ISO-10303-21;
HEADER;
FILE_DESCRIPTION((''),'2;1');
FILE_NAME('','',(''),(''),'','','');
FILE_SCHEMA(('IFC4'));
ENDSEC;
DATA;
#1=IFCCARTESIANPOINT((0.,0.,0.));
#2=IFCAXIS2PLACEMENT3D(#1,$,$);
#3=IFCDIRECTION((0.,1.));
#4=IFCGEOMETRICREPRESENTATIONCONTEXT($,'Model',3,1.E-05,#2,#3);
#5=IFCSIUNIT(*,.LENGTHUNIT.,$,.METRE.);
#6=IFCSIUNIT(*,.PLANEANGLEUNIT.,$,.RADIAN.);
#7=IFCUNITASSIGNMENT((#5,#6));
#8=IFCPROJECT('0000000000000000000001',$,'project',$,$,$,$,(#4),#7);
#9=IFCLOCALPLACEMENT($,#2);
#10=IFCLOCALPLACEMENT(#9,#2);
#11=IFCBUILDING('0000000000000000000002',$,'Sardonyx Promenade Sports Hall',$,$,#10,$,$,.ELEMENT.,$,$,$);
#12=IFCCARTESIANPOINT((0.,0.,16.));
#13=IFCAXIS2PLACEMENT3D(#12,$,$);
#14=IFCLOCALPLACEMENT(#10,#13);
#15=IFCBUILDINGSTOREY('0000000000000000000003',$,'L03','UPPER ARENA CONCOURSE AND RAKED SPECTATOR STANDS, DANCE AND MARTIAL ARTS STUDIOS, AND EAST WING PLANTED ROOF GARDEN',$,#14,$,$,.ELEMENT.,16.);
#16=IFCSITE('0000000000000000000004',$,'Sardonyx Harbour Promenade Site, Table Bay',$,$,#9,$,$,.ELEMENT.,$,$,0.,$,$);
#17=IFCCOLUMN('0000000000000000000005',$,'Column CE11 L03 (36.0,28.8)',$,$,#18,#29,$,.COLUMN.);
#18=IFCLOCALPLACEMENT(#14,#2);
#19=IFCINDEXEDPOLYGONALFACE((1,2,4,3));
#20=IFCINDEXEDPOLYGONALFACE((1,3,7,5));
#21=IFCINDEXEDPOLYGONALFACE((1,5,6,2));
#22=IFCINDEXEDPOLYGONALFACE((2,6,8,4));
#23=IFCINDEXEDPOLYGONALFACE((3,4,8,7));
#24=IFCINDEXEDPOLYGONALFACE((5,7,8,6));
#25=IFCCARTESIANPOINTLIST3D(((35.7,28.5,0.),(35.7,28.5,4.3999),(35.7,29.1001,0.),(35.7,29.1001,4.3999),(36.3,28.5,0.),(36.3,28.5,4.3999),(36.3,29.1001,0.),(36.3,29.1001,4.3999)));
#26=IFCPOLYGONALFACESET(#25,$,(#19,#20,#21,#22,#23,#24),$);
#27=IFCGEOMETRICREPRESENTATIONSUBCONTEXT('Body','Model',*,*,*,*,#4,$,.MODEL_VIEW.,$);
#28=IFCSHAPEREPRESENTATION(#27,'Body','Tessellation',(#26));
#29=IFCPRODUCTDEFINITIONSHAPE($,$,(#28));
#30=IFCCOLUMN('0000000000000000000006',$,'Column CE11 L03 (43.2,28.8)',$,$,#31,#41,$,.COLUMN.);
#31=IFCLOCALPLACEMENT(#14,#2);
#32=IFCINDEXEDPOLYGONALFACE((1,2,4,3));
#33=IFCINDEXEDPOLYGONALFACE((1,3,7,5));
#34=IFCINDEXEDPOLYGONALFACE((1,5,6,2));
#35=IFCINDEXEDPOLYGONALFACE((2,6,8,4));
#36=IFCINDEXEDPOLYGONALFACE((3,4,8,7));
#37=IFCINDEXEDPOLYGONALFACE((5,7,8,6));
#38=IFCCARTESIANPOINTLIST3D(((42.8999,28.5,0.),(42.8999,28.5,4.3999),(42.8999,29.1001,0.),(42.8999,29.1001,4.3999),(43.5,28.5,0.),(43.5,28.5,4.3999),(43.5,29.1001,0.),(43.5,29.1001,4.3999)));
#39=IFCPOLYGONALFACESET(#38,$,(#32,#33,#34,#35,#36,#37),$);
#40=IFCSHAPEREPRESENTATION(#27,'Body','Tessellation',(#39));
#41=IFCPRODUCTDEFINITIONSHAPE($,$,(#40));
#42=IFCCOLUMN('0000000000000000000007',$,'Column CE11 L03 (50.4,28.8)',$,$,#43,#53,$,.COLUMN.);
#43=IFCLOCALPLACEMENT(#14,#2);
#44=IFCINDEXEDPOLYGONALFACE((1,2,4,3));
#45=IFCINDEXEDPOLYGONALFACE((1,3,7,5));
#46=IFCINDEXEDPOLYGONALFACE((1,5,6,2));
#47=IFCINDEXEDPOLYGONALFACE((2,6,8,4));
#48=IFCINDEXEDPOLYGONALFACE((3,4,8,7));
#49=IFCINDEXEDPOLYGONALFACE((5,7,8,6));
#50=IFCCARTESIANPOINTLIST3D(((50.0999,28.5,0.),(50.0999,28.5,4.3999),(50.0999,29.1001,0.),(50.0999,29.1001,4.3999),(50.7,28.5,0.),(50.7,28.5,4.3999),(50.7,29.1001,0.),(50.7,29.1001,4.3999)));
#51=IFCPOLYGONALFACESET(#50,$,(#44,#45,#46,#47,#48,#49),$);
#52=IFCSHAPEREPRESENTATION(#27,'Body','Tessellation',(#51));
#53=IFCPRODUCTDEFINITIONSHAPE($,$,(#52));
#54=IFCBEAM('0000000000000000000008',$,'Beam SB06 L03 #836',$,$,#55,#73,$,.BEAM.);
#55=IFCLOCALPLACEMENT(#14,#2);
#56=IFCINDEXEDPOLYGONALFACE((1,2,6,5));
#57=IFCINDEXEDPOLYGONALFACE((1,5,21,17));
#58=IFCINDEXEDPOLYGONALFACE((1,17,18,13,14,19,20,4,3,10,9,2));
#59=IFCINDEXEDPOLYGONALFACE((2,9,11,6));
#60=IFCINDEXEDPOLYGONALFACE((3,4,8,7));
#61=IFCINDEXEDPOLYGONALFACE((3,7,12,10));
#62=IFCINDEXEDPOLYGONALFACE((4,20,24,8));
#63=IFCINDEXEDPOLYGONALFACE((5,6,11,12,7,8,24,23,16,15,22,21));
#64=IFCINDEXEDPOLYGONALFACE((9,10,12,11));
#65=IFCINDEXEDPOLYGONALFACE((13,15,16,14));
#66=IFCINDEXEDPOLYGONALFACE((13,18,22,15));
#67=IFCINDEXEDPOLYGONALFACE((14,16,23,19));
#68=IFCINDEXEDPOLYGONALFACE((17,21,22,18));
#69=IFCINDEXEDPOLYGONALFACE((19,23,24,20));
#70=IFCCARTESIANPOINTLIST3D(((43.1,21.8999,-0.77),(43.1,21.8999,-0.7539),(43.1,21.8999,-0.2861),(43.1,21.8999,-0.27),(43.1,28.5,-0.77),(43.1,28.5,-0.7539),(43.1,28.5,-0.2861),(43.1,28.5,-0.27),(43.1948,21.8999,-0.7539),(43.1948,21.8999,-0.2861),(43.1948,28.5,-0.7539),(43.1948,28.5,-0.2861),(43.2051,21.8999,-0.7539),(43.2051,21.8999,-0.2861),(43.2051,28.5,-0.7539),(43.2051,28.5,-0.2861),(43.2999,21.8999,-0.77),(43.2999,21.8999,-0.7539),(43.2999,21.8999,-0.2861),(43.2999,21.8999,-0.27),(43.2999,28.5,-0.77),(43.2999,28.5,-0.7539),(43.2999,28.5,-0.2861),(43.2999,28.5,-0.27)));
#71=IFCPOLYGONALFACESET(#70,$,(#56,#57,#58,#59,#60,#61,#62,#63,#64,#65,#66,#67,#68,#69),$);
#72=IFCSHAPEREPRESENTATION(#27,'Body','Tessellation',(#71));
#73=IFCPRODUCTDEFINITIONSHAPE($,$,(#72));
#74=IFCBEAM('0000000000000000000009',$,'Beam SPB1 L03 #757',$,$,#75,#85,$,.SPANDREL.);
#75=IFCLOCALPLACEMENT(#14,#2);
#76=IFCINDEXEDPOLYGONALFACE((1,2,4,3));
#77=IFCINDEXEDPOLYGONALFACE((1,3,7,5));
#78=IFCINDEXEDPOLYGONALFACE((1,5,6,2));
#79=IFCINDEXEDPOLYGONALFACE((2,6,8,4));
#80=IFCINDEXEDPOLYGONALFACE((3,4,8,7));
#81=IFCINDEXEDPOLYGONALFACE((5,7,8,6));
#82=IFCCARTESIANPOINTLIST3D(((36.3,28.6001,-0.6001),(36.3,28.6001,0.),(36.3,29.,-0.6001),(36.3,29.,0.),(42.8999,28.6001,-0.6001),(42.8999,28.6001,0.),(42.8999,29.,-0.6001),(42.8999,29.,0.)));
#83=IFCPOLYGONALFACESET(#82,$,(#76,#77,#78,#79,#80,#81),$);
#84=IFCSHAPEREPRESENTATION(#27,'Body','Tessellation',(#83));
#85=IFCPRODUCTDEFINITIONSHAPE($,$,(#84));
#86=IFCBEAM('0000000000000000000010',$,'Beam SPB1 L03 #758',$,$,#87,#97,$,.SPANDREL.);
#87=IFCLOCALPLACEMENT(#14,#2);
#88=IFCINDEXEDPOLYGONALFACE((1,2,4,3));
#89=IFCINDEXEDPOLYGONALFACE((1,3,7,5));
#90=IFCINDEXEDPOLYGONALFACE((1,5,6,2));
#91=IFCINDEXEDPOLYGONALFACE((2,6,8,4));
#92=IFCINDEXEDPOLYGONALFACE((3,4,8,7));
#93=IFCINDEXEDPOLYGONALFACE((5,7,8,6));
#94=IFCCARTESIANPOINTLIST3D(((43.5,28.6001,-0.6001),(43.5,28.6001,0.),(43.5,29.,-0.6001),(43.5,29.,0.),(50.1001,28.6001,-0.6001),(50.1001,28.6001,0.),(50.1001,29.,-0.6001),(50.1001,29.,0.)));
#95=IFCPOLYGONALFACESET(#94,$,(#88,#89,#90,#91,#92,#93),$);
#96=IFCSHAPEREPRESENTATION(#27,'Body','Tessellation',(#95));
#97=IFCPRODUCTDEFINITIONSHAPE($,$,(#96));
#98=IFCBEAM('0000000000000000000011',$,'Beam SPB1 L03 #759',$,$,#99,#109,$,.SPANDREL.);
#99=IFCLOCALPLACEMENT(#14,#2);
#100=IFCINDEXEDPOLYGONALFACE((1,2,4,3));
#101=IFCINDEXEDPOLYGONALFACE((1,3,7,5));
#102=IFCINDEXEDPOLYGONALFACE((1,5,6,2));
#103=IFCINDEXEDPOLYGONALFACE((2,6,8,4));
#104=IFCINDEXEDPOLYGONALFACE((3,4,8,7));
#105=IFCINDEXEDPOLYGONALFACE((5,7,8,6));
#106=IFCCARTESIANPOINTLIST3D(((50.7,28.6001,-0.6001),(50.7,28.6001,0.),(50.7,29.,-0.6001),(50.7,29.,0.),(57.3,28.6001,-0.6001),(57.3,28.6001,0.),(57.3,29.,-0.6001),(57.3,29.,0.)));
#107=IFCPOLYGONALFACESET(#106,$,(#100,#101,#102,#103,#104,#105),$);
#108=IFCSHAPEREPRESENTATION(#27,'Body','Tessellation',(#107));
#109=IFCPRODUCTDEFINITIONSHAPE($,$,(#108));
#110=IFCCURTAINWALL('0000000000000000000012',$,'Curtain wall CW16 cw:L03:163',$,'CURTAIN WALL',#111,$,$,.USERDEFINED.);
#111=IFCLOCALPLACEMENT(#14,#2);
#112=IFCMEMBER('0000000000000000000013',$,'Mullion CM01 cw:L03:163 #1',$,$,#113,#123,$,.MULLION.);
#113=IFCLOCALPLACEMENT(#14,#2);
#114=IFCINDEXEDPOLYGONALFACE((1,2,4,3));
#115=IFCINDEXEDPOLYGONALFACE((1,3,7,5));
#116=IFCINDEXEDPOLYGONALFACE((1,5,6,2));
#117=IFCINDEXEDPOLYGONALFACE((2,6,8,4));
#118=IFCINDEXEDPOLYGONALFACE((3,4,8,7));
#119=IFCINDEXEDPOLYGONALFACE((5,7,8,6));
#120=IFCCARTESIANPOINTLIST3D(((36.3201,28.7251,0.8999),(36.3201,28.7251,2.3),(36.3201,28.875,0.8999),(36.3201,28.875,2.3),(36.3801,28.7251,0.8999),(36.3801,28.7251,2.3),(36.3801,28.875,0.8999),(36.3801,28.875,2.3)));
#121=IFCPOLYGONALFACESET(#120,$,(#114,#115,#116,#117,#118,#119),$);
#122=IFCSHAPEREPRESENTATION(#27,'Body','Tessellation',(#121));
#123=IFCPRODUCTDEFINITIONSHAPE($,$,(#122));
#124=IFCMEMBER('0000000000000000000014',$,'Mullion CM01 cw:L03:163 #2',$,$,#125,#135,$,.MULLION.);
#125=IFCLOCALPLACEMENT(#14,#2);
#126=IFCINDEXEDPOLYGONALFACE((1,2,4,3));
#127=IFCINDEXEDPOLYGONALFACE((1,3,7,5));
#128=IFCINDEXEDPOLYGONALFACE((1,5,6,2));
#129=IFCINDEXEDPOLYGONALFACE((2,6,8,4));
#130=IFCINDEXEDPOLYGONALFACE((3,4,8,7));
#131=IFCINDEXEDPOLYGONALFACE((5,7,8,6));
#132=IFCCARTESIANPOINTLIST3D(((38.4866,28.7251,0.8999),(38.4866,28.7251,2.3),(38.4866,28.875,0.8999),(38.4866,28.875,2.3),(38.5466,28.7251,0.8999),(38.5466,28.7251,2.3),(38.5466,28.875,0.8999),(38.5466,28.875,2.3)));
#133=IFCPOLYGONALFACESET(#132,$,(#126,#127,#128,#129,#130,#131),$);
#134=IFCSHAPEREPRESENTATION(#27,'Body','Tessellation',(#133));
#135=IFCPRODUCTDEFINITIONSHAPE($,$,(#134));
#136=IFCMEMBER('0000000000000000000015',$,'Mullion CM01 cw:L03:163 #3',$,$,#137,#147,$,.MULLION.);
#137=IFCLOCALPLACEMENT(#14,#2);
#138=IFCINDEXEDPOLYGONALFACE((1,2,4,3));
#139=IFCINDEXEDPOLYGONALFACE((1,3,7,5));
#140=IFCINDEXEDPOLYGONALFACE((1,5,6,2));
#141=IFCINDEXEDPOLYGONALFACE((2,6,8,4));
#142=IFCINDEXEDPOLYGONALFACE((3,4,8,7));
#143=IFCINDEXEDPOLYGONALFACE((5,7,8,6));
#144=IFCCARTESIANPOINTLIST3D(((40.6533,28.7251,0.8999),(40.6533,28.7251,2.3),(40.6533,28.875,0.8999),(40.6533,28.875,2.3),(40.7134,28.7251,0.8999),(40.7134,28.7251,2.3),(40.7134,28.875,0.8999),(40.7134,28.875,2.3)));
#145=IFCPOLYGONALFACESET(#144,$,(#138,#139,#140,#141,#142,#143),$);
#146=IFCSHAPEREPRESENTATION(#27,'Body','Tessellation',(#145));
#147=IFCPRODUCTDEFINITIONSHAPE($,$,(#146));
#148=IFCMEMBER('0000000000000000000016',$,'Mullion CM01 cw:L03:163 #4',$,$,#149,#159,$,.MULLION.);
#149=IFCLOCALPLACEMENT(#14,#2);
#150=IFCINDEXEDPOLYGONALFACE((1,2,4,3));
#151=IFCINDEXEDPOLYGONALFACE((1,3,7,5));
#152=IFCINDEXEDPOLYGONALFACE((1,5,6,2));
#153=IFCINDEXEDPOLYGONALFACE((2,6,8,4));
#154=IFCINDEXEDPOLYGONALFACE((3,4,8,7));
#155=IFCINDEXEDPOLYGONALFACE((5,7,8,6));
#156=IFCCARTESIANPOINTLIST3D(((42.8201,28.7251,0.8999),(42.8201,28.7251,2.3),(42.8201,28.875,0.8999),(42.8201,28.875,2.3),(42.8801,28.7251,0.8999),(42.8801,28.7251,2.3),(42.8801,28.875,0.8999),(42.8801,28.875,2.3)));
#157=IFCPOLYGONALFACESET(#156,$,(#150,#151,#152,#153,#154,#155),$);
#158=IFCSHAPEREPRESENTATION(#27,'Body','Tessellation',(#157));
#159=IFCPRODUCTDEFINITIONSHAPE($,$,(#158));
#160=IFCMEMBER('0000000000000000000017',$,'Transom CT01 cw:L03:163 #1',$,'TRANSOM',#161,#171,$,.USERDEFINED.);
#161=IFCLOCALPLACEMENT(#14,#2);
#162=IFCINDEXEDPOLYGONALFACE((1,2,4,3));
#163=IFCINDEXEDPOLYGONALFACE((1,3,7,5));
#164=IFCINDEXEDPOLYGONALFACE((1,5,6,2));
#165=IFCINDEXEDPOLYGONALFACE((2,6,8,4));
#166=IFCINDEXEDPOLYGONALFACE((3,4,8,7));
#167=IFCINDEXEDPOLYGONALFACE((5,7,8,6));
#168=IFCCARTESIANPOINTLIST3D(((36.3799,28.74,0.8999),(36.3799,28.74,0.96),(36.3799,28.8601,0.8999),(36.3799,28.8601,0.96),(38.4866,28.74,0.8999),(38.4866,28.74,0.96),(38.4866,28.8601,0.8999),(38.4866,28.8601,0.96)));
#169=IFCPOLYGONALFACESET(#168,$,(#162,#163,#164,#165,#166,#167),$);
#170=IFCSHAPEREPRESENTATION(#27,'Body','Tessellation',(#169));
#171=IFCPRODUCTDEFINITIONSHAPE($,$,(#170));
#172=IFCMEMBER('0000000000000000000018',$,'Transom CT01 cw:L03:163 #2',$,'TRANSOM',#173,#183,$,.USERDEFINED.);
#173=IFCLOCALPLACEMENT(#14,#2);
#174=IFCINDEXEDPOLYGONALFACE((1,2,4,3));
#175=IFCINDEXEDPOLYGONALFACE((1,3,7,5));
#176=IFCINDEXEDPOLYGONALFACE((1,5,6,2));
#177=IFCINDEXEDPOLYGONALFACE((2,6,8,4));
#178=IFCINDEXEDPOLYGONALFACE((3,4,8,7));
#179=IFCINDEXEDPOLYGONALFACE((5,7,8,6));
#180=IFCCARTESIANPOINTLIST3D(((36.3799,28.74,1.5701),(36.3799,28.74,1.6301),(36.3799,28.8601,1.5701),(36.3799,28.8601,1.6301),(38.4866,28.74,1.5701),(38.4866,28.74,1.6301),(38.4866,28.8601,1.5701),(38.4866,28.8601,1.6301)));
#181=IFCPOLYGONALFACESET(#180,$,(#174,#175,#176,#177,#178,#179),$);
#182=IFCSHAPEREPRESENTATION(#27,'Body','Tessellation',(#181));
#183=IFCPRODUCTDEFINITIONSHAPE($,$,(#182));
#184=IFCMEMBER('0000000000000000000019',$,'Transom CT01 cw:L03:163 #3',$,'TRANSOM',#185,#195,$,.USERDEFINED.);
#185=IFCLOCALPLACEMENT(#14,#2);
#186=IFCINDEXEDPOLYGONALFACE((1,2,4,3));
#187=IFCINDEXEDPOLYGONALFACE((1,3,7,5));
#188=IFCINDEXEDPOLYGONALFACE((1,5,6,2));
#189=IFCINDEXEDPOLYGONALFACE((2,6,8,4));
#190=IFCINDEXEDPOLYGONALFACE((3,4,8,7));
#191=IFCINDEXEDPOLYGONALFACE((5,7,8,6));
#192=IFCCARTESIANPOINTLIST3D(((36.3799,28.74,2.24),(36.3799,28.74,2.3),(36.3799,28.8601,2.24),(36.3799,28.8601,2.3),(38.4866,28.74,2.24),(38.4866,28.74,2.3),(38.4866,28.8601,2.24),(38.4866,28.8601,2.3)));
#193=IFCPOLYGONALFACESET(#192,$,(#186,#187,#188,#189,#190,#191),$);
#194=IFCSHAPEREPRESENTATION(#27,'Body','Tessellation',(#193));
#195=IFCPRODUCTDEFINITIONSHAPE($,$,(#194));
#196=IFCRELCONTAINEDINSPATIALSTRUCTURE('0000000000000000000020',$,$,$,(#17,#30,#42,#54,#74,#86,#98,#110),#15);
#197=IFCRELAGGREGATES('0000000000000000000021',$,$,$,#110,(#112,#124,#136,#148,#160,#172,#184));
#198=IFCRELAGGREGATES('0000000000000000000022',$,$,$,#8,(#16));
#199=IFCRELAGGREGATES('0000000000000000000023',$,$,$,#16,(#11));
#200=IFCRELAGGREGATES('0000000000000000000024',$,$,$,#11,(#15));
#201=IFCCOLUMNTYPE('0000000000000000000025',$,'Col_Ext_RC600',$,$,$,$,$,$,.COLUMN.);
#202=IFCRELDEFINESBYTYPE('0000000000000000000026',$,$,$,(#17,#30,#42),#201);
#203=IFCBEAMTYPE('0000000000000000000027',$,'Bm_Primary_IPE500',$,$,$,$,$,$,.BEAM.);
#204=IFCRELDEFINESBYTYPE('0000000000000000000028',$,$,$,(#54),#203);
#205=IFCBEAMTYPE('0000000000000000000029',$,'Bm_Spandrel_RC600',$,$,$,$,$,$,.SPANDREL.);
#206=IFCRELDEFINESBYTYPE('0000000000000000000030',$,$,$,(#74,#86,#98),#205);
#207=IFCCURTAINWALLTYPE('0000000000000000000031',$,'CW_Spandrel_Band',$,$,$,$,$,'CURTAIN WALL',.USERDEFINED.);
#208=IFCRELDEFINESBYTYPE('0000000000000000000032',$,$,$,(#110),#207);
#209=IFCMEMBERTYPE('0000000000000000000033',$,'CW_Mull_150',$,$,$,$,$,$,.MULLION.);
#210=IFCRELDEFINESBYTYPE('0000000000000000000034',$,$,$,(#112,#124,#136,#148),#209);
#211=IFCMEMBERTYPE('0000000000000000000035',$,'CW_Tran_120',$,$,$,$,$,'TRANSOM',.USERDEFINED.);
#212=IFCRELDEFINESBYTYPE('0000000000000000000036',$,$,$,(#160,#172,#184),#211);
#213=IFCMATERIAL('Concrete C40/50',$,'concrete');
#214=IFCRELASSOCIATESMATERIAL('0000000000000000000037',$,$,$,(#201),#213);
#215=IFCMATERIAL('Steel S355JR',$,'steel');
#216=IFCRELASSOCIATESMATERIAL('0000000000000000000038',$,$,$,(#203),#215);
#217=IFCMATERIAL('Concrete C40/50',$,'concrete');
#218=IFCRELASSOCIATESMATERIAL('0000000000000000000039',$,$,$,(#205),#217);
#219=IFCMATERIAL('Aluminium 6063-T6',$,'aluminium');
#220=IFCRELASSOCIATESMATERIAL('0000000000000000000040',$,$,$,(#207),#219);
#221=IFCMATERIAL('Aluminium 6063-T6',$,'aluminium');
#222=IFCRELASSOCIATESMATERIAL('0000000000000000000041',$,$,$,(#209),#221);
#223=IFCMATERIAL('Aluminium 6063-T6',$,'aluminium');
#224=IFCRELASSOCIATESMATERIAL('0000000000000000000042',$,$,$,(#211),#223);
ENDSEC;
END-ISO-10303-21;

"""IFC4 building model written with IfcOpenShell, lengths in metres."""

from ifc_helpers import new_model, si_unit, direction, frame, origin, origin_2d, place, context, subcontext, project, spatial, rectangle, i_section, extrude, material, material_profile, profile_set, type_object, element, aggregate, save


model = new_model("IFC4")

# Units and contexts
model_context = context("Model", 3, precision=1e-05, world=origin(), true_north=direction((0.0, 1.0)))
body_context = subcontext(model_context, "Body", "Model", "MODEL_VIEW")
ifc_project = project(units=[si_unit("LENGTHUNIT", "METRE"), si_unit("PLANEANGLEUNIT", "RADIAN")], contexts=[model_context])

# Site, building, storey
site_placement = place(None, origin())
site = spatial("IfcSite", under=ifc_project, at=site_placement, Name="Sardonyx Harbour Promenade Site, Table Bay", CompositionType="ELEMENT", RefElevation=0.0)
building_placement = place(site_placement, origin())
building = spatial("IfcBuilding", under=site, at=building_placement, Name="Sardonyx Promenade Sports Hall", CompositionType="ELEMENT")
storey_placement = place(building_placement, frame((0.0, 0.0, 16.0)))
storey = spatial("IfcBuildingStorey", under=building, at=storey_placement, Name="L03", Description="UPPER ARENA CONCOURSE AND RAKED SPECTATOR STANDS, DANCE AND MARTIAL ARTS STUDIOS, AND EAST WING PLANTED ROOF GARDEN", CompositionType="ELEMENT", Elevation=16.0)

# Columns
ifc_material_1 = material(Name="Concrete C40/50", Category="concrete")
ifc_material_profile_1 = material_profile(ifc_material_1, rectangle(XDim=0.6001, YDim=0.6001, at=origin_2d()))
ifc_profile_set_1 = profile_set([ifc_material_profile_1], Name="Concrete C40/50")
column_type = type_object("IfcColumnType", Name="Col_Ext_RC600", PredefinedType="COLUMN", material=ifc_profile_set_1)
for number, where, z_axis, x_axis, name in (
    (1, (36.0, 28.8, 0.0), (0.0, 0.0, 1.0), (1.0, 0.0, 0.0), "Column CE11 L03 (36.0,28.8)"),
    (2, (43.2, 28.8, 0.0), (0.0, 0.0, 1.0), (1.0, 0.0, 0.0), "Column CE11 L03 (43.2,28.8)"),
    (3, (50.3999, 28.8, 0.0), (0.0, 0.0, 1.0), (1.0, 0.0, 0.0), "Column CE11 L03 (50.4,28.8)"),
):
    element("IfcColumn", number, at=place(storey_placement, frame(where, z_axis=z_axis, x_axis=x_axis)), inside=storey, type_object=column_type, Name=name, PredefinedType="COLUMN", context=body_context, shape_type="SweptSolid", body=[
        extrude(rectangle(XDim=0.6001, YDim=0.6001, at=origin_2d()), origin(), (0.0, 0.0, 1.0), 4.3999),
    ])

# Beams
ifc_material_2 = material(Name="Steel S355JR", Category="steel")
ifc_material_profile_2 = material_profile(ifc_material_2, i_section(OverallWidth=0.2, OverallDepth=0.5, WebThickness=0.0103, FlangeThickness=0.0161, at=origin_2d()))
ifc_profile_set_2 = profile_set([ifc_material_profile_2], Name="Steel S355JR")
beam_type_1 = type_object("IfcBeamType", Name="Bm_Primary_IPE500", PredefinedType="BEAM", material=ifc_profile_set_2)
beam_1_placement = place(storey_placement, frame((43.2, 21.8999, -0.52), z_axis=(0.0, 1.0, 0.0), x_axis=(-1.0, 0.0, 0.0)))
element("IfcBeam", 4, at=beam_1_placement, inside=storey, type_object=beam_type_1, Name="Beam SB06 L03 #836", PredefinedType="BEAM", context=body_context, shape_type="SweptSolid", body=[
    extrude(i_section(OverallWidth=0.2, OverallDepth=0.5, WebThickness=0.0103, FlangeThickness=0.0161, at=origin_2d()), origin(), (0.0, 0.0, 1.0), 6.6001),
])
ifc_material_3 = material(Name="Concrete C40/50", Category="concrete")
ifc_material_profile_3 = material_profile(ifc_material_3, rectangle(XDim=0.3999, YDim=0.6001, at=origin_2d()))
ifc_profile_set_3 = profile_set([ifc_material_profile_3], Name="Concrete C40/50")
beam_type_2 = type_object("IfcBeamType", Name="Bm_Spandrel_RC600", PredefinedType="SPANDREL", material=ifc_profile_set_3)
beam_2_placement = place(storey_placement, frame((36.3, 28.8, -0.3), z_axis=(1.0, 0.0, 0.0), x_axis=(0.0, 1.0, 0.0)))
element("IfcBeam", 5, at=beam_2_placement, inside=storey, type_object=beam_type_2, Name="Beam SPB1 L03 #757", PredefinedType="SPANDREL", context=body_context, shape_type="SweptSolid", body=[
    extrude(rectangle(XDim=0.3999, YDim=0.6001, at=origin_2d()), origin(), (0.0, 0.0, 1.0), 6.5999),
])
for number, where, z_axis, x_axis, name in (
    (6, (43.5, 28.8, -0.3), (1.0, 0.0, 0.0), (0.0, 1.0, 0.0), "Beam SPB1 L03 #758"),
    (7, (50.7, 28.8, -0.3), (1.0, 0.0, 0.0), (0.0, 1.0, 0.0), "Beam SPB1 L03 #759"),
):
    element("IfcBeam", number, at=place(storey_placement, frame(where, z_axis=z_axis, x_axis=x_axis)), inside=storey, type_object=beam_type_2, Name=name, PredefinedType="SPANDREL", context=body_context, shape_type="SweptSolid", body=[
        extrude(rectangle(XDim=0.3999, YDim=0.6001, at=origin_2d()), origin(), (0.0, 0.0, 1.0), 6.6001),
    ])

# Curtain wall, members
ifc_material_4 = material(Name="Aluminium 6063-T6", Category="aluminium")
curtain_wall_type = type_object("IfcCurtainWallType", Name="CW_Spandrel_Band", ElementType="CURTAIN WALL", PredefinedType="USERDEFINED", material=ifc_material_4)
curtain_wall_placement = place(storey_placement, origin())
curtain_wall = element("IfcCurtainWall", 8, at=curtain_wall_placement, inside=storey, type_object=curtain_wall_type, Name="Curtain wall CW16 cw:L03:163", ObjectType="CURTAIN WALL", PredefinedType="USERDEFINED")
ifc_material_5 = material(Name="Aluminium 6063-T6", Category="aluminium")
ifc_material_profile_4 = material_profile(ifc_material_5, rectangle(XDim=0.0601, YDim=0.1499, at=origin_2d()))
ifc_profile_set_4 = profile_set([ifc_material_profile_4], Name="Aluminium 6063-T6")
member_type_1 = type_object("IfcMemberType", Name="CW_Mull_150", PredefinedType="MULLION", material=ifc_profile_set_4)
member_1_placement = place(storey_placement, frame((36.3501, 28.8, 0.8999), z_axis=(0.0, 0.0, 1.0), x_axis=(1.0, 0.0, 0.0)))
member_1 = element("IfcMember", 9, at=member_1_placement, type_object=member_type_1, Name="Mullion CM01 cw:L03:163 #1", PredefinedType="MULLION", context=body_context, shape_type="SweptSolid", body=[
    extrude(rectangle(XDim=0.0601, YDim=0.1499, at=origin_2d()), origin(), (0.0, 0.0, 1.0), 1.4001),
])
member_2_placement = place(storey_placement, frame((38.5166, 28.8, 0.8999), z_axis=(0.0, 0.0, 1.0), x_axis=(1.0, 0.0, 0.0)))
member_2 = element("IfcMember", 10, at=member_2_placement, type_object=member_type_1, Name="Mullion CM01 cw:L03:163 #2", PredefinedType="MULLION", context=body_context, shape_type="SweptSolid", body=[
    extrude(rectangle(XDim=0.0601, YDim=0.1499, at=origin_2d()), origin(), (0.0, 0.0, 1.0), 1.4001),
])
member_3_placement = place(storey_placement, frame((40.6833, 28.8, 0.8999), z_axis=(0.0, 0.0, 1.0), x_axis=(1.0, 0.0, 0.0)))
member_3 = element("IfcMember", 11, at=member_3_placement, type_object=member_type_1, Name="Mullion CM01 cw:L03:163 #3", PredefinedType="MULLION", context=body_context, shape_type="SweptSolid", body=[
    extrude(rectangle(XDim=0.0601, YDim=0.1499, at=origin_2d()), origin(), (0.0, 0.0, 1.0), 1.4001),
])
member_4_placement = place(storey_placement, frame((42.8501, 28.8, 0.8999), z_axis=(0.0, 0.0, 1.0), x_axis=(1.0, 0.0, 0.0)))
member_4 = element("IfcMember", 12, at=member_4_placement, type_object=member_type_1, Name="Mullion CM01 cw:L03:163 #4", PredefinedType="MULLION", context=body_context, shape_type="SweptSolid", body=[
    extrude(rectangle(XDim=0.0601, YDim=0.1499, at=origin_2d()), origin(), (0.0, 0.0, 1.0), 1.4001),
])
ifc_material_6 = material(Name="Aluminium 6063-T6", Category="aluminium")
ifc_material_profile_5 = material_profile(ifc_material_6, rectangle(XDim=0.0601, YDim=0.1201, at=origin_2d()))
ifc_profile_set_5 = profile_set([ifc_material_profile_5], Name="Aluminium 6063-T6")
member_type_2 = type_object("IfcMemberType", Name="CW_Tran_120", ElementType="TRANSOM", PredefinedType="USERDEFINED", material=ifc_profile_set_5)
member_5_placement = place(storey_placement, frame((36.3799, 28.8, 0.9299), z_axis=(1.0, 0.0, 0.0), x_axis=(0.0, 0.0, 1.0)))
member_5 = element("IfcMember", 13, at=member_5_placement, type_object=member_type_2, Name="Transom CT01 cw:L03:163 #1", ObjectType="TRANSOM", PredefinedType="USERDEFINED", context=body_context, shape_type="SweptSolid", body=[
    extrude(rectangle(XDim=0.0601, YDim=0.1201, at=origin_2d()), origin(), (0.0, 0.0, 1.0), 2.1067),
])
member_6_placement = place(storey_placement, frame((36.3799, 28.8, 1.6001), z_axis=(1.0, 0.0, 0.0), x_axis=(0.0, 0.0, 1.0)))
member_6 = element("IfcMember", 14, at=member_6_placement, type_object=member_type_2, Name="Transom CT01 cw:L03:163 #2", ObjectType="TRANSOM", PredefinedType="USERDEFINED", context=body_context, shape_type="SweptSolid", body=[
    extrude(rectangle(XDim=0.0601, YDim=0.1201, at=origin_2d()), origin(), (0.0, 0.0, 1.0), 2.1067),
])
member_7_placement = place(storey_placement, frame((36.3799, 28.8, 2.27), z_axis=(1.0, 0.0, 0.0), x_axis=(0.0, 0.0, 1.0)))
member_7 = element("IfcMember", 15, at=member_7_placement, type_object=member_type_2, Name="Transom CT01 cw:L03:163 #3", ObjectType="TRANSOM", PredefinedType="USERDEFINED", context=body_context, shape_type="SweptSolid", body=[
    extrude(rectangle(XDim=0.0601, YDim=0.1201, at=origin_2d()), origin(), (0.0, 0.0, 1.0), 2.1067),
])
aggregate(curtain_wall, [member_1, member_2, member_3, member_4, member_5, member_6, member_7])

save(model, "model.ifc")
